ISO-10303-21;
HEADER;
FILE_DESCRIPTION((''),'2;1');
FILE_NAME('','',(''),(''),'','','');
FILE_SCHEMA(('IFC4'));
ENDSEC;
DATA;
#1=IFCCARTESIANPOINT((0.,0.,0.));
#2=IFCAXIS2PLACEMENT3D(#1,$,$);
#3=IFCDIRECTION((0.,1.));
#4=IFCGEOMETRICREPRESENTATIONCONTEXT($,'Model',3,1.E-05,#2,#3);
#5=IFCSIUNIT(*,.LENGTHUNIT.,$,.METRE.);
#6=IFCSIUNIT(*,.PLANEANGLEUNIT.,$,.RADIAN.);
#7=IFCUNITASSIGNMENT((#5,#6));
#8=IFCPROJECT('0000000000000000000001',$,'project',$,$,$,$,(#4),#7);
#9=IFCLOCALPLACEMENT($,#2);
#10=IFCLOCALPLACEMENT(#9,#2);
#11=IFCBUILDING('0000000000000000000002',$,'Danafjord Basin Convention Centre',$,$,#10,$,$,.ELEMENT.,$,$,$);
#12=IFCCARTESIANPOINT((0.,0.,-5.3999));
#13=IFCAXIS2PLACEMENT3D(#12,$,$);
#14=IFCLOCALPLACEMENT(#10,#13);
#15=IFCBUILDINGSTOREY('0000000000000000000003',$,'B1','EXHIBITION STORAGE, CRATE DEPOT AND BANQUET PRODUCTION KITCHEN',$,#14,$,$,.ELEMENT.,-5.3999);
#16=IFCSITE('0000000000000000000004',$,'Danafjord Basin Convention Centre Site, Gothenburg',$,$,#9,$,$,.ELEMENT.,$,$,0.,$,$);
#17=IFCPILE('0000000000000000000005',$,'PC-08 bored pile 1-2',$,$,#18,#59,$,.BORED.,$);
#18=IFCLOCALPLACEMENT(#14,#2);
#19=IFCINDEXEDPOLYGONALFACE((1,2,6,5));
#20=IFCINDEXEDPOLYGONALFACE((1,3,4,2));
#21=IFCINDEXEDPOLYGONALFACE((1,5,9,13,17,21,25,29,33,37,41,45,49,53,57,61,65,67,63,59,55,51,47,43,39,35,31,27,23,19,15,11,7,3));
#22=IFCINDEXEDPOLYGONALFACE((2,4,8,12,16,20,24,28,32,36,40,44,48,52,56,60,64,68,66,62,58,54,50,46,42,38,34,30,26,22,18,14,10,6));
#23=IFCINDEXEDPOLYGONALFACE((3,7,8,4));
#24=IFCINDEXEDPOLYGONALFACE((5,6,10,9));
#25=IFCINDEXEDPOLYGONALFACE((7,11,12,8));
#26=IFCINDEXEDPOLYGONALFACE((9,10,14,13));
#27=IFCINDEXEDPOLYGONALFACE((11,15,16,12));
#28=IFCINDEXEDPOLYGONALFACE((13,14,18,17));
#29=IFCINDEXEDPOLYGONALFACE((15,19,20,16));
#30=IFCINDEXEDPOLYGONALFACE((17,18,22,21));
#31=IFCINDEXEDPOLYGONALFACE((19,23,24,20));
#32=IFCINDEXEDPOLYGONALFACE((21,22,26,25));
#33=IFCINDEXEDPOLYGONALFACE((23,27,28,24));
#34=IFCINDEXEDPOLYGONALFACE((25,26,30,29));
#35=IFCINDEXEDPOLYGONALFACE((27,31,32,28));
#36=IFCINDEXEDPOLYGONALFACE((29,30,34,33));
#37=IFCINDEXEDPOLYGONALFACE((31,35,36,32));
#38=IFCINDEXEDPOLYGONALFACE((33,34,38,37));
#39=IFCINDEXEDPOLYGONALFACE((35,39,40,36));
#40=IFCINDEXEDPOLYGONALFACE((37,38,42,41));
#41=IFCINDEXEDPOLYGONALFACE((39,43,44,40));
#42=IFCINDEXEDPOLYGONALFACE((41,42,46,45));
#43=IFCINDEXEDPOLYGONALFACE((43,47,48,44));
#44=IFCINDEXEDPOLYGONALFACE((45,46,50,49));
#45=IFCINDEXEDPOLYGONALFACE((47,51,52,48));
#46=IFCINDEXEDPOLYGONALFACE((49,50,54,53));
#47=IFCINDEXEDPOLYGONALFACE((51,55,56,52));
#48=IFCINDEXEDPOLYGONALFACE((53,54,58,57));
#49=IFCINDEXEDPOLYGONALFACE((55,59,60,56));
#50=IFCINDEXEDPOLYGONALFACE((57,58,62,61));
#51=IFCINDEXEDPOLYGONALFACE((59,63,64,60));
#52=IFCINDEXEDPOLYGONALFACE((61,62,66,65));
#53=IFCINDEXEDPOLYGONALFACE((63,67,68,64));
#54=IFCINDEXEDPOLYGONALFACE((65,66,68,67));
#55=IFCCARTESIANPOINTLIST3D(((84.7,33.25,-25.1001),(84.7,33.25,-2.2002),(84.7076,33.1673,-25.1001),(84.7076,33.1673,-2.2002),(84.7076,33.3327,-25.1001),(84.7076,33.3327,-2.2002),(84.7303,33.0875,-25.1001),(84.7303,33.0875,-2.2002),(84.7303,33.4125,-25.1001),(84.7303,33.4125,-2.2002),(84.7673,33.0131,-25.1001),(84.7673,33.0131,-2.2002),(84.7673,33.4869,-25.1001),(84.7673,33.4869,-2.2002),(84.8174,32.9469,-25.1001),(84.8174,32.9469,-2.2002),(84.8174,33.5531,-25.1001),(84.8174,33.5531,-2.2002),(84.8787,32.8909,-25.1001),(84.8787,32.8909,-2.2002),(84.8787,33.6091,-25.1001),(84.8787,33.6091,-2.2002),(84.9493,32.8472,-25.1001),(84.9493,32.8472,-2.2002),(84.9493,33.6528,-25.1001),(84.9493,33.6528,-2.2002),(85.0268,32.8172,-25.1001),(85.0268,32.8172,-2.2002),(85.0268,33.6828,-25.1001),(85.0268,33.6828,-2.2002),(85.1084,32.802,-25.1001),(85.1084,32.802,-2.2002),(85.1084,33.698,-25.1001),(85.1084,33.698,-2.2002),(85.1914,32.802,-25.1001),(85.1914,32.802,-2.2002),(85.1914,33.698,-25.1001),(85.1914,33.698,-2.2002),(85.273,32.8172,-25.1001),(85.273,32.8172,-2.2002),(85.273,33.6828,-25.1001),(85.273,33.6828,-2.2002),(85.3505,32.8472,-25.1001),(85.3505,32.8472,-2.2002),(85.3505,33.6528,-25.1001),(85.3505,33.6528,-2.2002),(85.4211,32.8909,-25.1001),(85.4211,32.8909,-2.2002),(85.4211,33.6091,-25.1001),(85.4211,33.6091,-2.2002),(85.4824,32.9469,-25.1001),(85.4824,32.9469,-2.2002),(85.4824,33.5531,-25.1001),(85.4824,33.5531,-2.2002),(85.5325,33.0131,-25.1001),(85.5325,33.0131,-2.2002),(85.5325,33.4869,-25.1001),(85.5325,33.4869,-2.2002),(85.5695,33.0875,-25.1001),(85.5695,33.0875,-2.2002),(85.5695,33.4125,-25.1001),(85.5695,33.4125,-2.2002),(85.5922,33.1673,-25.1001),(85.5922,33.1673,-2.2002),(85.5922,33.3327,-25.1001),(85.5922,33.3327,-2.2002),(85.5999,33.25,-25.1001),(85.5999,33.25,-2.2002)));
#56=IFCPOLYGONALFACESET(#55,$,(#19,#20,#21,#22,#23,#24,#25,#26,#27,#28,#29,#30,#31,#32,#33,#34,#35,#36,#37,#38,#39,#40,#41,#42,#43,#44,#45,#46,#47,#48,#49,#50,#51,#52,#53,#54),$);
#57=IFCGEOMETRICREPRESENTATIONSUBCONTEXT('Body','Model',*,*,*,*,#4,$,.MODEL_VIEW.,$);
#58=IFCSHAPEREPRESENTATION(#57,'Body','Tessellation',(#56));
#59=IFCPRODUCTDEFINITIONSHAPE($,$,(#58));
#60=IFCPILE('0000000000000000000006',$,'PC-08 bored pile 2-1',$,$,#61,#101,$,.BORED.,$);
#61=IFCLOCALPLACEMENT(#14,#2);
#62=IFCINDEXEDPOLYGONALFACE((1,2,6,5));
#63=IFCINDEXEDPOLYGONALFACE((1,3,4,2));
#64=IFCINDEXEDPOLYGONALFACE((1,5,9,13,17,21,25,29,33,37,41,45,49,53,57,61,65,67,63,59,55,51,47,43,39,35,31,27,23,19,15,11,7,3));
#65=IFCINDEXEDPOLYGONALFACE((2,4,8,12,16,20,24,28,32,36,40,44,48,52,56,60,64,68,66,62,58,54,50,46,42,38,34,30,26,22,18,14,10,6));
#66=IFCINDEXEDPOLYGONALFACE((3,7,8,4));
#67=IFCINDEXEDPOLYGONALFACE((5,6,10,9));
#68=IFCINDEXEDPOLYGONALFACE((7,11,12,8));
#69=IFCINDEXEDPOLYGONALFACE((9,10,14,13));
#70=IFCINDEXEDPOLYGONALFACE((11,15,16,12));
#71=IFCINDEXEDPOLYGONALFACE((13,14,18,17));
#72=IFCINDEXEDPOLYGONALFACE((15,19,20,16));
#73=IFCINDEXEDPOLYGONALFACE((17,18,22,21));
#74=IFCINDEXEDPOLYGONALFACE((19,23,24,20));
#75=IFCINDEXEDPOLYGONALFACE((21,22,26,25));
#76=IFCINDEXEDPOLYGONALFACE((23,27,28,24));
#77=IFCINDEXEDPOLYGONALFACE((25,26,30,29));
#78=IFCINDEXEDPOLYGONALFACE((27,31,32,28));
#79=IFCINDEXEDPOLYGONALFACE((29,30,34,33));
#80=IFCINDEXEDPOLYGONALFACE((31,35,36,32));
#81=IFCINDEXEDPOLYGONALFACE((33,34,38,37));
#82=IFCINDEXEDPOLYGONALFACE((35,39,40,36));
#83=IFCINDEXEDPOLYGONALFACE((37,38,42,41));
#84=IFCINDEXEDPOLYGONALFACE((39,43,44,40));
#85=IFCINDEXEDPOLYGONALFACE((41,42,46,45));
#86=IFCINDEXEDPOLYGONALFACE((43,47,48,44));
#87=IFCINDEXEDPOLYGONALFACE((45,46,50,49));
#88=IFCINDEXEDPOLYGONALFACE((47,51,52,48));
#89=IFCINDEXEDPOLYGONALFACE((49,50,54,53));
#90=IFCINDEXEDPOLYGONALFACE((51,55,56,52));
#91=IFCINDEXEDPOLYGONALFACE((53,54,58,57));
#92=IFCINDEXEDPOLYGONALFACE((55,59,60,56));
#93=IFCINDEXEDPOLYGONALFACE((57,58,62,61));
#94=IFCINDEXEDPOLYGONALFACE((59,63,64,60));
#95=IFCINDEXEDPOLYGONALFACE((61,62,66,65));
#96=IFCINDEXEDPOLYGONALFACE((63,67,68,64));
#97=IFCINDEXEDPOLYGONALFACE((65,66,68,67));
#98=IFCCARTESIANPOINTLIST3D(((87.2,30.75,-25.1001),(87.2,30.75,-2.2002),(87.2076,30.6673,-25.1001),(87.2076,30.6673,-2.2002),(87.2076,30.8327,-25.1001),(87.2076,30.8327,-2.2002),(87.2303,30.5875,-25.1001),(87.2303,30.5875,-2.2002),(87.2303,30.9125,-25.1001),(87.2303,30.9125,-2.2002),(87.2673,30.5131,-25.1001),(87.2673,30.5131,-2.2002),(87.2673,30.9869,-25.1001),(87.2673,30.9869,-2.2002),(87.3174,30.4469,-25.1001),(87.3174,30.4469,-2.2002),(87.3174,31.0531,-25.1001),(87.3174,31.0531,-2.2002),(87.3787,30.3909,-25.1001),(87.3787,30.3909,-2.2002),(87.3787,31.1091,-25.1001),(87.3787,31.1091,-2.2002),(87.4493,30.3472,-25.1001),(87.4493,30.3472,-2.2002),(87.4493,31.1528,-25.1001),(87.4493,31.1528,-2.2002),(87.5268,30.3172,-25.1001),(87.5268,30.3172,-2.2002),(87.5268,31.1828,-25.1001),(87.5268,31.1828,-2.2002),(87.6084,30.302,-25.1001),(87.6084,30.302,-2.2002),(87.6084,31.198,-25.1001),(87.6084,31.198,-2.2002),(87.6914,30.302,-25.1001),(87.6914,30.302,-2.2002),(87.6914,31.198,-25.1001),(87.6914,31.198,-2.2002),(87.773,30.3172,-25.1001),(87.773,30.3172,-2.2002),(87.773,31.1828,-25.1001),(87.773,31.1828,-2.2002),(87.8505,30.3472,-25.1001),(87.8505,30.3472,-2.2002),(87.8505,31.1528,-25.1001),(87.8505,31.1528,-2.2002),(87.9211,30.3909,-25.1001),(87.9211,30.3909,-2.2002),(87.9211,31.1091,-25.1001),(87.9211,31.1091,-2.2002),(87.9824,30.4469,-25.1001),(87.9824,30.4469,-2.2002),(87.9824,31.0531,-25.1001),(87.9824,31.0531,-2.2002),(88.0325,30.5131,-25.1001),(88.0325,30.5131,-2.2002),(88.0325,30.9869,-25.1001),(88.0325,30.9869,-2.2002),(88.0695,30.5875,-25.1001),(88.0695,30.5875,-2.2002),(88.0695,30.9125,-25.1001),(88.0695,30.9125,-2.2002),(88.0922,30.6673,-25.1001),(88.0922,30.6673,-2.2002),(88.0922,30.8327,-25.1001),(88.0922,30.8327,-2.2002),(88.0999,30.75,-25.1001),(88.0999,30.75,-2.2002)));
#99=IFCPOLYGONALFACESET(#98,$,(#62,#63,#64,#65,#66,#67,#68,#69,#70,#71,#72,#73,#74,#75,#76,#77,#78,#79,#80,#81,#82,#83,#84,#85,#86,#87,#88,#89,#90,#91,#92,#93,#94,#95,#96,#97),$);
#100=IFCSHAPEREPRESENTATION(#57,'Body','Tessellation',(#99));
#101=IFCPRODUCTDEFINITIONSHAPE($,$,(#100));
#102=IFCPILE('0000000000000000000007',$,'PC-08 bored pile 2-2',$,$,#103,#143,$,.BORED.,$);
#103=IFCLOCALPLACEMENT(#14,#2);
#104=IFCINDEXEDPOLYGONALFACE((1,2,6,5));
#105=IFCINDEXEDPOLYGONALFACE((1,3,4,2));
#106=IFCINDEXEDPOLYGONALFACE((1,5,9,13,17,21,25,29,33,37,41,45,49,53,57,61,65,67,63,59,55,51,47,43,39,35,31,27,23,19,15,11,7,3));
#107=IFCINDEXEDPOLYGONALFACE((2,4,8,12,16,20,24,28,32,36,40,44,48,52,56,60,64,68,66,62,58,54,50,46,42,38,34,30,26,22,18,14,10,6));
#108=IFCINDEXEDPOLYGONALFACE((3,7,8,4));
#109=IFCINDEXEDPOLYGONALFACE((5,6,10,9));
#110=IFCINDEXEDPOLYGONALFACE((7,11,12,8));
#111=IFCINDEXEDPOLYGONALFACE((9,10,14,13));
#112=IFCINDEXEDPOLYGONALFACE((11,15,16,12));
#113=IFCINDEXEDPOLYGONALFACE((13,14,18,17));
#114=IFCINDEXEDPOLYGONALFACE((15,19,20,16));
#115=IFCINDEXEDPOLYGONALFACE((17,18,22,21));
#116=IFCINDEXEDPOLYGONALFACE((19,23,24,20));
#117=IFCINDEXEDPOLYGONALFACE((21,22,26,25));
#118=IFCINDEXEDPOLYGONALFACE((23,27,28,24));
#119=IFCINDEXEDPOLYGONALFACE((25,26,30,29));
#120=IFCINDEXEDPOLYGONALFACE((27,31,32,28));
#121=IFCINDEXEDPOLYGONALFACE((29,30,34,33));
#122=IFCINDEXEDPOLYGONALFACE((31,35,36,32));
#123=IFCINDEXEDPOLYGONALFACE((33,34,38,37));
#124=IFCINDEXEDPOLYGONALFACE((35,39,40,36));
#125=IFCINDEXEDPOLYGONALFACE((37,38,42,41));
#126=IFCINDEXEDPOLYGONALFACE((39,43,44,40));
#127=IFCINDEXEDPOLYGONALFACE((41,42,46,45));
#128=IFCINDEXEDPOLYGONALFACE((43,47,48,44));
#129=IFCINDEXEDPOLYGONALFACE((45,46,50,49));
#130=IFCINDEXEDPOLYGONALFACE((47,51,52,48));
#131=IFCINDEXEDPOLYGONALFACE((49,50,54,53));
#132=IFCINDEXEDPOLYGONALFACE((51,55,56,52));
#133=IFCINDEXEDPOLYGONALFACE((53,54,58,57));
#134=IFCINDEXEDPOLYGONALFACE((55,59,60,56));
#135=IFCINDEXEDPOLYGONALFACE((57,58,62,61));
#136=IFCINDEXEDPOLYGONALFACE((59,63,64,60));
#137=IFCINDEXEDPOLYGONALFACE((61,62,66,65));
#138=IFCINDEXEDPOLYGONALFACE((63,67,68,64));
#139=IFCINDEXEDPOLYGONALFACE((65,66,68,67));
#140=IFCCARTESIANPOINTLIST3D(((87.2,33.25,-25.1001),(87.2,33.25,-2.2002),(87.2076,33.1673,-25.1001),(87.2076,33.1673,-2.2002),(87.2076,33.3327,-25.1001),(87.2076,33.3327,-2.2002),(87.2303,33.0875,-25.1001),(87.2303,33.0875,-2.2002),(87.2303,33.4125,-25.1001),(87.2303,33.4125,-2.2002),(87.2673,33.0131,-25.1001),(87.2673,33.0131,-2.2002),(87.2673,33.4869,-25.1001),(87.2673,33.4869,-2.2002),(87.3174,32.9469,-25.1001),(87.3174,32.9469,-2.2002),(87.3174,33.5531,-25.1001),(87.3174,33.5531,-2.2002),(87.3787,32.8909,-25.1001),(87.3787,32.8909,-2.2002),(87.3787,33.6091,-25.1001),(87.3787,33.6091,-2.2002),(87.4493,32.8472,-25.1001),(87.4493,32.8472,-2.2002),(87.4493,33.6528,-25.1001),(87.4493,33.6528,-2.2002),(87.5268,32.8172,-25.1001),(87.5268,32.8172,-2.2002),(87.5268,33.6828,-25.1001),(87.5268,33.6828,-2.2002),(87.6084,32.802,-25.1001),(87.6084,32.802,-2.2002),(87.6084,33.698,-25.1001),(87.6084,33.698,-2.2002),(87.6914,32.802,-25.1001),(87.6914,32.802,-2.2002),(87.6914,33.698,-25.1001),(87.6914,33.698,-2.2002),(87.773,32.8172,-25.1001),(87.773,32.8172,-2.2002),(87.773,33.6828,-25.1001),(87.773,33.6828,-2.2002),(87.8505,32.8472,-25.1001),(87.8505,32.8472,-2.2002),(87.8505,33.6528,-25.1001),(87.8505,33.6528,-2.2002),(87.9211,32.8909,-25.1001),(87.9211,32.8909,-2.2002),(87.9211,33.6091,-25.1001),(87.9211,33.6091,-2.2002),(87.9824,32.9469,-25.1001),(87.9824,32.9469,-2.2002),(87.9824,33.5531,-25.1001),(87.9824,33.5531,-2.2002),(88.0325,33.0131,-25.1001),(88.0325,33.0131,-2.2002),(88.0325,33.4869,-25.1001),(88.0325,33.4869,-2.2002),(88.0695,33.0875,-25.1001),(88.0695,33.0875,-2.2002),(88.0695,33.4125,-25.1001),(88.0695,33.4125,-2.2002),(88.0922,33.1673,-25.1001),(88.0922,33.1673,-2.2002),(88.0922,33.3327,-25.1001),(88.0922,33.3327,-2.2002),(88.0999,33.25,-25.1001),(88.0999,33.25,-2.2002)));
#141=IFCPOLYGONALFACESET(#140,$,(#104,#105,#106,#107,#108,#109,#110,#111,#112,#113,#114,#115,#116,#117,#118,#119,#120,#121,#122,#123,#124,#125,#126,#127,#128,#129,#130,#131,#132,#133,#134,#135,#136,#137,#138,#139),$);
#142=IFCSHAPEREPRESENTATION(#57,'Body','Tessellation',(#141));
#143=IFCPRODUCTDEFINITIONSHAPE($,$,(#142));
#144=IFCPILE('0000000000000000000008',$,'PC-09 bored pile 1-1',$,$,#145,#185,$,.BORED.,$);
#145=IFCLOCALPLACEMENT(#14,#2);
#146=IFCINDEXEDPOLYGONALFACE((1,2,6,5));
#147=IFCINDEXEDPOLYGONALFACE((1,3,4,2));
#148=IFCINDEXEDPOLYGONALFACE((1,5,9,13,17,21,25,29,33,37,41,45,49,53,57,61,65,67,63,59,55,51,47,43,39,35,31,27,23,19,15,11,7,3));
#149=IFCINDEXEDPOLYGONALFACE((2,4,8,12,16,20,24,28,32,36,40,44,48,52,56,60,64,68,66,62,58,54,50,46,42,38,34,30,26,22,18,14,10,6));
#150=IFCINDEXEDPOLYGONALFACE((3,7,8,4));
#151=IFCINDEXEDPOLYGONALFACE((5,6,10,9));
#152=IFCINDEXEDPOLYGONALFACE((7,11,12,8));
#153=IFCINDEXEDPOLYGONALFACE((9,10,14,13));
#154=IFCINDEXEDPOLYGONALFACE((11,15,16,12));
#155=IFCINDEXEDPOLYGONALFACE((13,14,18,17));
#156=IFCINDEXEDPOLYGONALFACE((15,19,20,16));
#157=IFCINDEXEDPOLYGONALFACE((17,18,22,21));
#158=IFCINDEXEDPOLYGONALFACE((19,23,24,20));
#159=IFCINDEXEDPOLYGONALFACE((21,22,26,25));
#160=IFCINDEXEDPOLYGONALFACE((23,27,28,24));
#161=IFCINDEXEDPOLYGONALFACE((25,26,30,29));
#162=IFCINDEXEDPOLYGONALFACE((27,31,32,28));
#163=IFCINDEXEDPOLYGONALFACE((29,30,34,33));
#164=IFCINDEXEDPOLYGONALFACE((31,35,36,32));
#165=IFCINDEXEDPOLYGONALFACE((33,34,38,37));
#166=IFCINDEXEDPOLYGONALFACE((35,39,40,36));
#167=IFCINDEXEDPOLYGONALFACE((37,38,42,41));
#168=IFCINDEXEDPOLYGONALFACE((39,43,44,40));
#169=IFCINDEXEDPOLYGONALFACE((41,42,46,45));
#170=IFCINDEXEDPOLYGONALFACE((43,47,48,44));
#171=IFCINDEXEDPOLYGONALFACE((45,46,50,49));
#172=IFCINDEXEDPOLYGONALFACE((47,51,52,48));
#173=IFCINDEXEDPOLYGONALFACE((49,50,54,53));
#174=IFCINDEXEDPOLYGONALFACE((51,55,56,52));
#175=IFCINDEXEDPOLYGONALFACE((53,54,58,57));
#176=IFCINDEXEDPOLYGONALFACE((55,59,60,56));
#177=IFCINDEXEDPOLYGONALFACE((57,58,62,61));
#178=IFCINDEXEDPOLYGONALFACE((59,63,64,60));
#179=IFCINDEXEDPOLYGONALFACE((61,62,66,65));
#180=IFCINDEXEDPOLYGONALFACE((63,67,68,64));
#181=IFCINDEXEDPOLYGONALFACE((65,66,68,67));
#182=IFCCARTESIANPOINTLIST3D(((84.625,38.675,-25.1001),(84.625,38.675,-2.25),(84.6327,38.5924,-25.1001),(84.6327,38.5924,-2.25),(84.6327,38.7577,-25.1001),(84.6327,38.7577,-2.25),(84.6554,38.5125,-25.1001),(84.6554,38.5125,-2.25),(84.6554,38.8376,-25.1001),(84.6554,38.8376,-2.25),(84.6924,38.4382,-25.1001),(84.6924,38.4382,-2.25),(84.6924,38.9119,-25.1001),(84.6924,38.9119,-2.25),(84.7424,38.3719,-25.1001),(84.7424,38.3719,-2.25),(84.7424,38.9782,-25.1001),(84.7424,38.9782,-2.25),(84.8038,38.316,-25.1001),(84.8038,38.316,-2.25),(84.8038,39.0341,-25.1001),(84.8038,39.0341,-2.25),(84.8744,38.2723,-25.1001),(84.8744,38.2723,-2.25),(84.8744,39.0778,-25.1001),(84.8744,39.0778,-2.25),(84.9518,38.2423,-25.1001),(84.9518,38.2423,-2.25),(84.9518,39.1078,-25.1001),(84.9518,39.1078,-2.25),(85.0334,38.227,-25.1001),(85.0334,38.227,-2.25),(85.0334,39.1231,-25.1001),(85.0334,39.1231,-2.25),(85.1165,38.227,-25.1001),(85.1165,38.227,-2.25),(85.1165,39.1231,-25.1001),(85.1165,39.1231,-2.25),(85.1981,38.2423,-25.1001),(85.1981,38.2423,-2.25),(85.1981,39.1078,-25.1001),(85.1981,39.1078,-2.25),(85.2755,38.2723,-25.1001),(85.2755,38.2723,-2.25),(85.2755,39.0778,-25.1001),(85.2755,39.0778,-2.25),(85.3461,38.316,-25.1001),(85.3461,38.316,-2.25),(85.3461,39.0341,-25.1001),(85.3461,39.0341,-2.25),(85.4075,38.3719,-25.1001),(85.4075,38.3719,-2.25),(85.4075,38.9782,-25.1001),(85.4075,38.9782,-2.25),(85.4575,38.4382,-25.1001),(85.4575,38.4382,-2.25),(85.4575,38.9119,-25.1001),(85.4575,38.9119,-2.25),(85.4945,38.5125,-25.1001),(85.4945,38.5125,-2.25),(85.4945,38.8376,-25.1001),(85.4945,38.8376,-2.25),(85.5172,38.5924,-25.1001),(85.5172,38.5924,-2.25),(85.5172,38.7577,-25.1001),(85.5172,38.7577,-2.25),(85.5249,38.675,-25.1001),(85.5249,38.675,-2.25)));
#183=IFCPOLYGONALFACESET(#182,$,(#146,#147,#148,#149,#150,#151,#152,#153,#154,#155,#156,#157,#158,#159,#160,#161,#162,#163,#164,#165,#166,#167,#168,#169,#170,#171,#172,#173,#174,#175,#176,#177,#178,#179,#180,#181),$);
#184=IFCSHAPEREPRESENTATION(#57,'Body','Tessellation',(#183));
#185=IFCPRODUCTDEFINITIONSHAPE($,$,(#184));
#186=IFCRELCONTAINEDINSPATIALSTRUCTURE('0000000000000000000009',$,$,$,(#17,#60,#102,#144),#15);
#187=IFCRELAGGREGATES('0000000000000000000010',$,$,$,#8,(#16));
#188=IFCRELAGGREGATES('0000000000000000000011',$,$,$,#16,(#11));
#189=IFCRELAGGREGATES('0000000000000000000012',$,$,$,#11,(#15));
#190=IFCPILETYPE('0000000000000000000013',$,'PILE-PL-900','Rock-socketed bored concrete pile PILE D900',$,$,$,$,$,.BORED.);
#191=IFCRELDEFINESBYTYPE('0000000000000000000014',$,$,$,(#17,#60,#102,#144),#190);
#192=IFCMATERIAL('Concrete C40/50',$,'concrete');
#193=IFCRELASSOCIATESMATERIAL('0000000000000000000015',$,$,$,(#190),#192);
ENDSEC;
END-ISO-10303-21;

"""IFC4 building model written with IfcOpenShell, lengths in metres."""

from ifc_helpers import new_model, si_unit, direction, frame, origin, origin_2d, place, context, subcontext, project, spatial, circle, extrude, material, material_profile, profile_set, type_object, element, save


model = new_model("IFC4")

# Units and contexts
model_context = context("Model", 3, precision=1e-05, world=origin(), true_north=direction((0.0, 1.0)))
body_context = subcontext(model_context, "Body", "Model", "MODEL_VIEW")
ifc_project = project(units=[si_unit("LENGTHUNIT", "METRE"), si_unit("PLANEANGLEUNIT", "RADIAN")], contexts=[model_context])

# Site, building, storey
site_placement = place(None, origin())
site = spatial("IfcSite", under=ifc_project, at=site_placement, Name="Danafjord Basin Convention Centre Site, Gothenburg", CompositionType="ELEMENT", RefElevation=0.0)
building_placement = place(site_placement, origin())
building = spatial("IfcBuilding", under=site, at=building_placement, Name="Danafjord Basin Convention Centre", CompositionType="ELEMENT")
storey_placement = place(building_placement, frame((0.0, 0.0, -5.3999)))
storey = spatial("IfcBuildingStorey", under=building, at=storey_placement, Name="B1", Description="EXHIBITION STORAGE, CRATE DEPOT AND BANQUET PRODUCTION KITCHEN", CompositionType="ELEMENT", Elevation=-5.3999)

# Shared definitions
ifc_material_1 = material(Name="Concrete C40/50", Category="concrete")

# Piles
ifc_material_profile_1 = material_profile(ifc_material_1, circle(Radius=0.45, at=origin_2d()), Name="PILE D900")
ifc_profile_set_1 = profile_set([ifc_material_profile_1], Name="Concrete C40/50")
pile_type_1 = type_object("IfcPileType", Name="PILE-PL-900", Description="Rock-socketed bored concrete pile PILE D900", PredefinedType="BORED", material=ifc_profile_set_1)
for number, where, z_axis, x_axis, name in (
    (1, (85.1499, 33.25, -2.2002), (0.0, 0.0, -1.0), (1.0, 0.0, 0.0), "PC-08 bored pile 1-2"),
    (2, (87.6499, 30.75, -2.2002), (0.0, 0.0, -1.0), (1.0, 0.0, 0.0), "PC-08 bored pile 2-1"),
    (3, (87.6499, 33.25, -2.2002), (0.0, 0.0, -1.0), (1.0, 0.0, 0.0), "PC-08 bored pile 2-2"),
):
    element("IfcPile", number, at=place(storey_placement, frame(where, z_axis=z_axis, x_axis=x_axis)), inside=storey, type_object=pile_type_1, Name=name, PredefinedType="BORED", context=body_context, shape_type="SweptSolid", body=[
        extrude(circle(Radius=0.45, at=origin_2d()), origin(), (0.0, 0.0, 1.0), 22.8999),
    ])
for number, where, z_axis, x_axis, name in (
    (4, (85.075, 38.675, -2.25), (0.0, 0.0, -1.0), (1.0, 0.0, 0.0), "PC-09 bored pile 1-1"),
):
    element("IfcPile", number, at=place(storey_placement, frame(where, z_axis=z_axis, x_axis=x_axis)), inside=storey, type_object=pile_type_1, Name=name, PredefinedType="BORED", context=body_context, shape_type="SweptSolid", body=[
        extrude(circle(Radius=0.45, at=origin_2d()), origin(), (0.0, 0.0, 1.0), 22.8501),
    ])

save(model, "model.ifc")
